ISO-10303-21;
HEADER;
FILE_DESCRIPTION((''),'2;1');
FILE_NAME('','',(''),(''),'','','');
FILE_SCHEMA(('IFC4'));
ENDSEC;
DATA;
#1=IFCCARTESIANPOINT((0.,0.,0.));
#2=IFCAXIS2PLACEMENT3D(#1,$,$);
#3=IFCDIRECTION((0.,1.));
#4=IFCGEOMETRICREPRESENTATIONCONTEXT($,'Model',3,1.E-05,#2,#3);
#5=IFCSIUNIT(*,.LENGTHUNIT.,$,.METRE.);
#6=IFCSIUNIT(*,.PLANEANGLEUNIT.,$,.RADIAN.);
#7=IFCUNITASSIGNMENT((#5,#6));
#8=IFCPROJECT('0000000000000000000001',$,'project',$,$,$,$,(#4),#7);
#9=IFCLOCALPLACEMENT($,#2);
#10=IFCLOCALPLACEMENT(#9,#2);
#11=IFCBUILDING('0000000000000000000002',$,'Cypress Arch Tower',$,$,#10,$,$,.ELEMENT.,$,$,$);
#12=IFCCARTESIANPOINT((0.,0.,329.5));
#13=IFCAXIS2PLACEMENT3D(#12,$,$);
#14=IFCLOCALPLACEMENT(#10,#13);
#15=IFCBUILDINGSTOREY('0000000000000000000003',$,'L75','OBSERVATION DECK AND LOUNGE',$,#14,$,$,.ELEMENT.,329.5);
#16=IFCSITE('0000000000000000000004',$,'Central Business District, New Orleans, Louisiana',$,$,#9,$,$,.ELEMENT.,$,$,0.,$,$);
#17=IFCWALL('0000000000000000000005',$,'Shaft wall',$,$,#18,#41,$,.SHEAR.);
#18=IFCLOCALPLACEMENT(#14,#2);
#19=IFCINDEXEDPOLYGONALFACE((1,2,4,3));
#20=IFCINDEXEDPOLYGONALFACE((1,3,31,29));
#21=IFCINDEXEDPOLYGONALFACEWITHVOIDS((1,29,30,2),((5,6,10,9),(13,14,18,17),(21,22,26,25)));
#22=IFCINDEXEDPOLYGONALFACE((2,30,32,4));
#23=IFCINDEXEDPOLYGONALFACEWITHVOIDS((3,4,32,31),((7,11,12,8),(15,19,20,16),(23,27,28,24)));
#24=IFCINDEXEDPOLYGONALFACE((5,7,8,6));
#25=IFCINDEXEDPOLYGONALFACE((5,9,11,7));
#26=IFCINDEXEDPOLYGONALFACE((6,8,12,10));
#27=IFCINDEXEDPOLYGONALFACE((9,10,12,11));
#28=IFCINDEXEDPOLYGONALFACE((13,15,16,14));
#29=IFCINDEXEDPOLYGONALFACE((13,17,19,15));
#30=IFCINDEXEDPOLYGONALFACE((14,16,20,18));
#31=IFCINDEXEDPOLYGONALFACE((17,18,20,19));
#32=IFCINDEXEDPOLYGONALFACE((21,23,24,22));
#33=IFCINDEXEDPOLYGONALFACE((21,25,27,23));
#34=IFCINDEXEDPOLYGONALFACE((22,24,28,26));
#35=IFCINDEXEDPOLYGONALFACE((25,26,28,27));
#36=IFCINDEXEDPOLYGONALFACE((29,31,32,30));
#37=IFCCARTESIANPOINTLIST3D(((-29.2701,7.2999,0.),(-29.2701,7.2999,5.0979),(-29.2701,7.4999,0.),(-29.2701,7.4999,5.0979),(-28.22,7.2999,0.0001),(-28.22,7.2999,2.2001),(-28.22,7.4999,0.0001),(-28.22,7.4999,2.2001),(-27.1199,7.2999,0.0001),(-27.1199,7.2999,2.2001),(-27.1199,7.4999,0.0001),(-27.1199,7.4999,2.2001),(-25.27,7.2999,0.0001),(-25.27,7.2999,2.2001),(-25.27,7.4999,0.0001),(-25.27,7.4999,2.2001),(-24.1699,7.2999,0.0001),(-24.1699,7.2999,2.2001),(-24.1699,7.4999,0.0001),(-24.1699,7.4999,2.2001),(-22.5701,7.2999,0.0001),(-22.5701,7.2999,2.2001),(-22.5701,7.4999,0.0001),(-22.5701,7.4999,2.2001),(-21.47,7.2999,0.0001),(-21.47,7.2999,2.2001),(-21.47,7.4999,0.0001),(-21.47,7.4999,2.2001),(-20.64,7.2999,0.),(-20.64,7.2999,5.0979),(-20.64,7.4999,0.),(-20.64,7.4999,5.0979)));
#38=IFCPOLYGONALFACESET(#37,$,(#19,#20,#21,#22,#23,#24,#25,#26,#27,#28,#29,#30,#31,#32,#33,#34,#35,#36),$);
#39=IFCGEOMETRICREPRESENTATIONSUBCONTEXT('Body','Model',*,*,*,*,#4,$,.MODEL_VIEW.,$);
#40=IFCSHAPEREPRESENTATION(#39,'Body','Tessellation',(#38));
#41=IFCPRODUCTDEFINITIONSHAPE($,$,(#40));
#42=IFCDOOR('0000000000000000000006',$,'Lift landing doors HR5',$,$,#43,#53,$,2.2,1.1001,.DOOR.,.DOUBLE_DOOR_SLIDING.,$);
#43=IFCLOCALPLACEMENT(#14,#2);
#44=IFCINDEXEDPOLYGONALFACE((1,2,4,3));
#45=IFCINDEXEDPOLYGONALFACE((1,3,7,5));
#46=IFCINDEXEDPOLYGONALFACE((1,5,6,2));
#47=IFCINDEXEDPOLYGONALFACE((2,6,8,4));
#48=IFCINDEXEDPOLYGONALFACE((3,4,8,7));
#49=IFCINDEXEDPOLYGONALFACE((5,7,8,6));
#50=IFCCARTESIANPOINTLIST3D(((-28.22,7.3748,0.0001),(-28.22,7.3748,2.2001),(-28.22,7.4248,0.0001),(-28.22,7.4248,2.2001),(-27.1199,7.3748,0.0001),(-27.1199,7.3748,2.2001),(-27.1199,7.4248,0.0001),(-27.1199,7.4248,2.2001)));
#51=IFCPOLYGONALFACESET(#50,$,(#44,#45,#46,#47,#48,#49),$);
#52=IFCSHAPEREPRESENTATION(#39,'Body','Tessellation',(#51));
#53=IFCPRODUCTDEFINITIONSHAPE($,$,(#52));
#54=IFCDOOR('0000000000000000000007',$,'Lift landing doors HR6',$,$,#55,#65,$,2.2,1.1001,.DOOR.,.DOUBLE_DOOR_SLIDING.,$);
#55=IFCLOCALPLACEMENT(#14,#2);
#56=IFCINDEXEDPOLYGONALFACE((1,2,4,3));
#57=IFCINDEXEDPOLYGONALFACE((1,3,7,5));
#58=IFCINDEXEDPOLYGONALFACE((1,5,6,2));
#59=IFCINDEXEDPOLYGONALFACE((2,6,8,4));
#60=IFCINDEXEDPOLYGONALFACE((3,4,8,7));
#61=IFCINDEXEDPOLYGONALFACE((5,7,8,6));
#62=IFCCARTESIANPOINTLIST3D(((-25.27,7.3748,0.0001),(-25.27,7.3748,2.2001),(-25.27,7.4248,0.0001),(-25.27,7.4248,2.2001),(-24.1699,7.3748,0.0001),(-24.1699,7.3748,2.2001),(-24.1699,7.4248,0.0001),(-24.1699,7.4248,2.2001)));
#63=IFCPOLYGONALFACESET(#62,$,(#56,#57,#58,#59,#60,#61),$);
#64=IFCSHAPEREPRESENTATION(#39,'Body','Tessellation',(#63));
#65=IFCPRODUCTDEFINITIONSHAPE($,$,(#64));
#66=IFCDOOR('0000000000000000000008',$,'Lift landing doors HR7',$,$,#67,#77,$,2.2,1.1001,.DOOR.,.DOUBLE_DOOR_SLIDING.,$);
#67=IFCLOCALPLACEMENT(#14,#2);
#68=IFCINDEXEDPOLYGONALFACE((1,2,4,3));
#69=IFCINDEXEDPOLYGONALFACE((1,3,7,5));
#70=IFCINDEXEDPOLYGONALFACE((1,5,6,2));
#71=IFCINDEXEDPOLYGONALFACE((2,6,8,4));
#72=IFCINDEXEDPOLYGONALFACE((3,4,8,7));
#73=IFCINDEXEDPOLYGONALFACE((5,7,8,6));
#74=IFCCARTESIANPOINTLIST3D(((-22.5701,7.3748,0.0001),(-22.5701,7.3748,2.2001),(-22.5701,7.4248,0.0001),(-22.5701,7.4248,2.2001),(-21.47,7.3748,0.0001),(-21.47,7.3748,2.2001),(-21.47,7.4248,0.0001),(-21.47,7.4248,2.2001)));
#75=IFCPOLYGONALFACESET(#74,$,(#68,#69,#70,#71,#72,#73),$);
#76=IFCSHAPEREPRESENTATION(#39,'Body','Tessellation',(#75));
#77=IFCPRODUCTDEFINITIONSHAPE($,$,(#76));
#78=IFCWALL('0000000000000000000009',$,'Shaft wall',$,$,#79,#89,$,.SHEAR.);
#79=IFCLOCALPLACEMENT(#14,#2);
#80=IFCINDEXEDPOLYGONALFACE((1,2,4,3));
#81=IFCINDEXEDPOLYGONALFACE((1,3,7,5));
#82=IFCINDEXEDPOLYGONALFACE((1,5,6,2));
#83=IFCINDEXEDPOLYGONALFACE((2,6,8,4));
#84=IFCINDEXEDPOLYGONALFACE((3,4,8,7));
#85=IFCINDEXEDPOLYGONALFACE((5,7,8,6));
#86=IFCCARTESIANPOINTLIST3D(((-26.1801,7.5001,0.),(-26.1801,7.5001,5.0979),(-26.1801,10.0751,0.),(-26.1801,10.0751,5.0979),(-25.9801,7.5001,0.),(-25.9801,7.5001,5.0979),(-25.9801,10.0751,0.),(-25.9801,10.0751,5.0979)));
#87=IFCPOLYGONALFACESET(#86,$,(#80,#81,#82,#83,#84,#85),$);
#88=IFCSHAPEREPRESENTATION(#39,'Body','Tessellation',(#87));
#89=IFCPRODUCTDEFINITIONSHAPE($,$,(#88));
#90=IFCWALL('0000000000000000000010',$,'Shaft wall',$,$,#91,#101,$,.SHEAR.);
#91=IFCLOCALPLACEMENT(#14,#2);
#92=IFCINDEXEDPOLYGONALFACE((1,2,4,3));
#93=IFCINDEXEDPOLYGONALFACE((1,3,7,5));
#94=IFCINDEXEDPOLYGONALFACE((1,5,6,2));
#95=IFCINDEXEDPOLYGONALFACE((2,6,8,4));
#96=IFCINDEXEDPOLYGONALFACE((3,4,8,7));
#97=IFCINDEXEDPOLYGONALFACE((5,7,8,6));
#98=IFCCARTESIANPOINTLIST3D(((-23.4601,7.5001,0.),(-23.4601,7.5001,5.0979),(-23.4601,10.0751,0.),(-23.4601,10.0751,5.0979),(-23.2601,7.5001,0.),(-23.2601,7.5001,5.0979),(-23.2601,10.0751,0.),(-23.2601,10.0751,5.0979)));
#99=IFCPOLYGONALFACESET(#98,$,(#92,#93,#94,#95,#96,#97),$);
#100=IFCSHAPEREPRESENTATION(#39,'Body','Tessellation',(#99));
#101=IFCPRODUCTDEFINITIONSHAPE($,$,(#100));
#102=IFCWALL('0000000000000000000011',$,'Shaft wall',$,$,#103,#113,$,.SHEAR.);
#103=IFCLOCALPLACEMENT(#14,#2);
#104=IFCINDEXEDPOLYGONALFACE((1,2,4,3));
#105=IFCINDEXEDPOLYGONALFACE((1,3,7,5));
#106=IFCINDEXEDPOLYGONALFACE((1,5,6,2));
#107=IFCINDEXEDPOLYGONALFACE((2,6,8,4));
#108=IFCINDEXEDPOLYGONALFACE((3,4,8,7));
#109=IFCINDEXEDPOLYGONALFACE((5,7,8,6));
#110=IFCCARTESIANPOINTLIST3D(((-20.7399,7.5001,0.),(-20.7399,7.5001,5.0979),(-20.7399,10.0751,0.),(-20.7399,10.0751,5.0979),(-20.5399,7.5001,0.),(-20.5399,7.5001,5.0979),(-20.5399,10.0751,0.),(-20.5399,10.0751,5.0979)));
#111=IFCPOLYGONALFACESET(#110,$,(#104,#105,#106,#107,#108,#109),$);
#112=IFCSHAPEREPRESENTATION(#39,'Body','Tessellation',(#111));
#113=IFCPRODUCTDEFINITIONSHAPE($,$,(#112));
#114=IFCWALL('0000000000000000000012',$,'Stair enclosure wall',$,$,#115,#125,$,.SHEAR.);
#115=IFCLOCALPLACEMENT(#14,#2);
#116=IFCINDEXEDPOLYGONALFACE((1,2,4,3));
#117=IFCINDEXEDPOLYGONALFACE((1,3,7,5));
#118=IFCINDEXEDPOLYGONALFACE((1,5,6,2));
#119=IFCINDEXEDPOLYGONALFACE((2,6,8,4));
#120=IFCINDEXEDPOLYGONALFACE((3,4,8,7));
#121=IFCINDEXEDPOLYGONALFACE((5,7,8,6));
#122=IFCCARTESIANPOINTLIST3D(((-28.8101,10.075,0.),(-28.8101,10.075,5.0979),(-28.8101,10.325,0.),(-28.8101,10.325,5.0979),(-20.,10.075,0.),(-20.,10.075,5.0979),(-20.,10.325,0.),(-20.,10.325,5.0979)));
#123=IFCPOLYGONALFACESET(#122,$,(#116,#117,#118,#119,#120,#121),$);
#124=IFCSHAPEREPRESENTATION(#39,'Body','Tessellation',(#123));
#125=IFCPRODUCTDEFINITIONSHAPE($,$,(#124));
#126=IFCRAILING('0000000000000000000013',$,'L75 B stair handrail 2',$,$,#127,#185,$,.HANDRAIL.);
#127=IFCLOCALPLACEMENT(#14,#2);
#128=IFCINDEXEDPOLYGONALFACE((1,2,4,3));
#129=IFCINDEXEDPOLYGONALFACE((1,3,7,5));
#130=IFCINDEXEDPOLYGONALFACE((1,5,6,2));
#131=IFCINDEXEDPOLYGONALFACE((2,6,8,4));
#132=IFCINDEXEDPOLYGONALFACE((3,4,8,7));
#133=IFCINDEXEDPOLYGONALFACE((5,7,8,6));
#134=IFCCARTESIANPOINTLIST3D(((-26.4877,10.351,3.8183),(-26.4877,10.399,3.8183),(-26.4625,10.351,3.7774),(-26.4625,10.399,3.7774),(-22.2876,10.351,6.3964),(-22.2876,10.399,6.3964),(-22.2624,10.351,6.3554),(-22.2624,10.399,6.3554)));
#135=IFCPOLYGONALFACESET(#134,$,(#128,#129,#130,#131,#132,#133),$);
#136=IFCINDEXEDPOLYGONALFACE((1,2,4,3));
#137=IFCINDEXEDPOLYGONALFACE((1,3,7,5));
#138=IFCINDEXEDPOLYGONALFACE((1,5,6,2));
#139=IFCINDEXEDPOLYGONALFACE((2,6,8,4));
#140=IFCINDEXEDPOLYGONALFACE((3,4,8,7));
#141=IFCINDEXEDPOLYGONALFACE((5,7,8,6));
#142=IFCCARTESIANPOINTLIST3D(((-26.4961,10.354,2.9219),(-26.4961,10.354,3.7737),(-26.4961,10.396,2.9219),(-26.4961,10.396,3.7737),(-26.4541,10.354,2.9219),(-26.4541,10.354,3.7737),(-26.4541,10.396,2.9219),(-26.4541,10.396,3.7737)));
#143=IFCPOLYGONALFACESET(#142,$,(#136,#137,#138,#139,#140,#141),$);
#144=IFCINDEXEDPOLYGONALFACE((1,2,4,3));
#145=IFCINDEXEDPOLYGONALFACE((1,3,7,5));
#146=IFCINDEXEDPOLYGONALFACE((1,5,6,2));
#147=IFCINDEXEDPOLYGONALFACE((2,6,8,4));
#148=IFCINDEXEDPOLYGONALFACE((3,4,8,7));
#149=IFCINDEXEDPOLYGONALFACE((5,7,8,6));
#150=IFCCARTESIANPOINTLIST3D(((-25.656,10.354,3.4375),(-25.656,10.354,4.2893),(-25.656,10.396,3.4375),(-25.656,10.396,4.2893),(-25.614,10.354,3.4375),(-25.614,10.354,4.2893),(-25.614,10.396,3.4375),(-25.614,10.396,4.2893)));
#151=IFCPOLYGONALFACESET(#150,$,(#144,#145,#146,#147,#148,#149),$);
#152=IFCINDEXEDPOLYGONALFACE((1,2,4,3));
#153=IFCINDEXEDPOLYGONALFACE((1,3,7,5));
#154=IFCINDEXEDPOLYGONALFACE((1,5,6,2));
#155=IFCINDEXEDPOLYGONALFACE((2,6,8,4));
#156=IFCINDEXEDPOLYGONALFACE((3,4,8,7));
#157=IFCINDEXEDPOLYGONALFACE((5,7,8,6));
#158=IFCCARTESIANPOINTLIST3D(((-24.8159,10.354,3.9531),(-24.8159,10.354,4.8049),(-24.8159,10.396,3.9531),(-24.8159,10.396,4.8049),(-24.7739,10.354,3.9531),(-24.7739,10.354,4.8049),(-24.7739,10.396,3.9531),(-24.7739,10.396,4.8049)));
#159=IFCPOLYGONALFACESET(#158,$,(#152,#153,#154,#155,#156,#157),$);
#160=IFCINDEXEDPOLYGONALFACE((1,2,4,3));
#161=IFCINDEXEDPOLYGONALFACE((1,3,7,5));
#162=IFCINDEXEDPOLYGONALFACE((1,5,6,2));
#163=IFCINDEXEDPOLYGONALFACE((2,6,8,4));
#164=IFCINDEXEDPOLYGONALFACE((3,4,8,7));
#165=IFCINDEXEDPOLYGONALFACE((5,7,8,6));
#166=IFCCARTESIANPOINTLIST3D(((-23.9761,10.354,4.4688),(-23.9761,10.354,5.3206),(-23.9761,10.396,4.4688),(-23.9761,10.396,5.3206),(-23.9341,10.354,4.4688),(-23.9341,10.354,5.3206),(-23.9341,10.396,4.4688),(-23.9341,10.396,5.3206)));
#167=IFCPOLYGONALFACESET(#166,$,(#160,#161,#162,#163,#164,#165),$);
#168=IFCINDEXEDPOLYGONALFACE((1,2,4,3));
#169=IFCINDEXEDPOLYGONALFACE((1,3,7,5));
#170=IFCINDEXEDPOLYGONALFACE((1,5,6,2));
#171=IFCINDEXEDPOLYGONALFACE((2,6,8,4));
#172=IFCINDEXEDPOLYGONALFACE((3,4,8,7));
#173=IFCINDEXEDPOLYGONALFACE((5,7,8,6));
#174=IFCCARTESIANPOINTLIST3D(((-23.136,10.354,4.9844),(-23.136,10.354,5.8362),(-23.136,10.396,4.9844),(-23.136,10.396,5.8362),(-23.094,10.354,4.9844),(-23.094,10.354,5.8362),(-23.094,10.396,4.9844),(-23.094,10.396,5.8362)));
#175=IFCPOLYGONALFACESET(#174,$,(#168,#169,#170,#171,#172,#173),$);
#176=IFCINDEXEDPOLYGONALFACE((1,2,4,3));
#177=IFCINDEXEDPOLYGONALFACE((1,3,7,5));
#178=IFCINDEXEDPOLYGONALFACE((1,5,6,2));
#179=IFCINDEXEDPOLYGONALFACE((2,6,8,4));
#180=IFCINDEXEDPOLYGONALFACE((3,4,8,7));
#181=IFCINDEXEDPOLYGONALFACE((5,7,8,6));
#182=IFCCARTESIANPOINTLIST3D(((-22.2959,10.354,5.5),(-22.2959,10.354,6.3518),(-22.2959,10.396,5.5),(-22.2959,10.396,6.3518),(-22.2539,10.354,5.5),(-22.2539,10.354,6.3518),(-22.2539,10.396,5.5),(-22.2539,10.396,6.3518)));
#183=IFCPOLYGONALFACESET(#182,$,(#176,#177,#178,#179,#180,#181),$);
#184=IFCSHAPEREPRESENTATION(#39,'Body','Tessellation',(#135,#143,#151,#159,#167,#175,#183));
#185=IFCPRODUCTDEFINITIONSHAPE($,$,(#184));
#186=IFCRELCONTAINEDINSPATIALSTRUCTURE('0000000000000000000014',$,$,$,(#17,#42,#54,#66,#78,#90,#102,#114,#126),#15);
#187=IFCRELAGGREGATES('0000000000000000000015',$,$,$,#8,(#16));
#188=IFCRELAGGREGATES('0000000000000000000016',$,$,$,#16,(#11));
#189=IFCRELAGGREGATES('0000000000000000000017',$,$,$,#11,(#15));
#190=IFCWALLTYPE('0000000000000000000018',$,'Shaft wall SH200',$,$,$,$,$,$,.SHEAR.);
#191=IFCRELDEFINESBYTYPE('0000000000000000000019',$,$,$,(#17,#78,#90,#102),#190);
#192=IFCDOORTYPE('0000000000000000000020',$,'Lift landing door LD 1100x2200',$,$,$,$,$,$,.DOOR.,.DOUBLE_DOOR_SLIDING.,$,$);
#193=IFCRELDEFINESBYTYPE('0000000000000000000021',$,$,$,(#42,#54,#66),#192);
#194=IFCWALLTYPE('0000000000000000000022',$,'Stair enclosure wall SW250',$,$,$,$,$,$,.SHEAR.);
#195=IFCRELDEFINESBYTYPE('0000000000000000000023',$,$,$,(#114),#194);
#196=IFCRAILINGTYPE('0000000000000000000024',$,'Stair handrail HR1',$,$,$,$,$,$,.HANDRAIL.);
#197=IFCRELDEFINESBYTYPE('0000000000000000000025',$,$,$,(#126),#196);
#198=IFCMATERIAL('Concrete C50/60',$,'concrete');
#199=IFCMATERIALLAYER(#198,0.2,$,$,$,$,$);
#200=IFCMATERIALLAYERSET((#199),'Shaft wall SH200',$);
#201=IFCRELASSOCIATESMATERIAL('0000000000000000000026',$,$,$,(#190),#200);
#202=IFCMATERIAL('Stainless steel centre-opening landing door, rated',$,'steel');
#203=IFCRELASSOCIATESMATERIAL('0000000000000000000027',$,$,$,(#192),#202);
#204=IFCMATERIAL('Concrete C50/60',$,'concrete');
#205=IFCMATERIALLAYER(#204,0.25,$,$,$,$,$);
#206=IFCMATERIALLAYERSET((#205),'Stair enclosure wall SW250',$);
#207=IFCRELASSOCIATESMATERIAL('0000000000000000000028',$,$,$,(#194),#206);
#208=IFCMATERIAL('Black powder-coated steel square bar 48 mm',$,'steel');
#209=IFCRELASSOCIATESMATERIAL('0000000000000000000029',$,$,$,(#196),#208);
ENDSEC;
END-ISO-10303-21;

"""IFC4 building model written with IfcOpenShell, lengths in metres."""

from ifc_helpers import new_model, si_unit, direction, frame, frame_2d, origin, origin_2d, place, context, subcontext, project, spatial, rectangle, extrude, material, layer, layer_set, type_object, element, fill, save


model = new_model("IFC4")

# Units and contexts
model_context = context("Model", 3, precision=1e-05, world=origin(), true_north=direction((0.0, 1.0)))
body_context = subcontext(model_context, "Body", "Model", "MODEL_VIEW")
ifc_project = project(units=[si_unit("LENGTHUNIT", "METRE"), si_unit("PLANEANGLEUNIT", "RADIAN")], contexts=[model_context])

# Site, building, storey
site_placement = place(None, origin())
site = spatial("IfcSite", under=ifc_project, at=site_placement, Name="Central Business District, New Orleans, Louisiana", CompositionType="ELEMENT", RefElevation=0.0)
building_placement = place(site_placement, origin())
building = spatial("IfcBuilding", under=site, at=building_placement, Name="Cypress Arch Tower", CompositionType="ELEMENT")
storey_placement = place(building_placement, frame((0.0, 0.0, 329.5)))
storey = spatial("IfcBuildingStorey", under=building, at=storey_placement, Name="L75", Description="OBSERVATION DECK AND LOUNGE", CompositionType="ELEMENT", Elevation=329.5)

# Wall, openings, doors
ifc_material_1 = material(Name="Concrete C50/60", Category="concrete")
ifc_layer_1 = layer(ifc_material_1, 0.2)
ifc_layer_set_1 = layer_set([ifc_layer_1], Name="Shaft wall SH200")
wall_type_1 = type_object("IfcWallType", Name="Shaft wall SH200", PredefinedType="SHEAR", material=ifc_layer_set_1)
wall_1_placement = place(storey_placement, frame((-29.27, 7.3999, 0.0), z_axis=(0.0, 0.0, 1.0), x_axis=(1.0, 0.0, 0.0)))
wall_1 = element("IfcWall", 1, at=wall_1_placement, inside=storey, type_object=wall_type_1, Name="Shaft wall", PredefinedType="SHEAR", context=body_context, shape_type="SweptSolid", body=[
    extrude(rectangle(XDim=8.6301, YDim=0.2, at=frame_2d((4.3149, 0.0))), origin(), (0.0, 0.0, 1.0), 5.0979),
])
opening_1_placement = place(wall_1_placement, frame((1.05, 0.0, 0.0)))
opening_1 = element("IfcOpeningElement", 2, at=opening_1_placement, cuts=wall_1, PredefinedType="OPENING", context=body_context, shape_type="SweptSolid", body=[
    extrude(rectangle(XDim=1.1001, YDim=2.2, at=frame_2d((0.55, 1.1001))), frame((0.0, 0.1099, 0.0), z_axis=(0.0, -1.0, 0.0), x_axis=(1.0, 0.0, 0.0)), (0.0, 0.0, 1.0), 0.22),
])
opening_2_placement = place(wall_1_placement, frame((4.0, 0.0, 0.0)))
opening_2 = element("IfcOpeningElement", 3, at=opening_2_placement, cuts=wall_1, PredefinedType="OPENING", context=body_context, shape_type="SweptSolid", body=[
    extrude(rectangle(XDim=1.1001, YDim=2.2, at=frame_2d((0.55, 1.1001))), frame((0.0, 0.1099, 0.0), z_axis=(0.0, -1.0, 0.0), x_axis=(1.0, 0.0, 0.0)), (0.0, 0.0, 1.0), 0.22),
])
opening_3_placement = place(wall_1_placement, frame((6.7, 0.0, 0.0)))
opening_3 = element("IfcOpeningElement", 4, at=opening_3_placement, cuts=wall_1, PredefinedType="OPENING", context=body_context, shape_type="SweptSolid", body=[
    extrude(rectangle(XDim=1.1001, YDim=2.2, at=frame_2d((0.55, 1.1001))), frame((0.0, 0.1099, 0.0), z_axis=(0.0, -1.0, 0.0), x_axis=(1.0, 0.0, 0.0)), (0.0, 0.0, 1.0), 0.22),
])
ifc_material_2 = material(Name="Stainless steel centre-opening landing door, rated", Category="steel")
door_type_1 = type_object("IfcDoorType", Name="Lift landing door LD 1100x2200", OperationType="DOUBLE_DOOR_SLIDING", PredefinedType="DOOR", material=ifc_material_2)
door_1_placement = place(opening_1_placement, origin())
door_1 = element("IfcDoor", 5, at=door_1_placement, inside=storey, type_object=door_type_1, Name="Lift landing doors HR5", OperationType="DOUBLE_DOOR_SLIDING", OverallHeight=2.2, OverallWidth=1.1001, PredefinedType="DOOR", context=body_context, shape_type="SweptSolid", body=[
    extrude(rectangle(XDim=1.1001, YDim=2.2, at=frame_2d((0.55, 1.1001))), frame((0.0, 0.0249, 0.0), z_axis=(0.0, -1.0, 0.0), x_axis=(1.0, 0.0, 0.0)), (0.0, 0.0, 1.0), 0.05),
])
fill(opening_1, door_1)
door_2_placement = place(opening_2_placement, origin())
door_2 = element("IfcDoor", 6, at=door_2_placement, inside=storey, type_object=door_type_1, Name="Lift landing doors HR6", OperationType="DOUBLE_DOOR_SLIDING", OverallHeight=2.2, OverallWidth=1.1001, PredefinedType="DOOR", context=body_context, shape_type="SweptSolid", body=[
    extrude(rectangle(XDim=1.1001, YDim=2.2, at=frame_2d((0.55, 1.1001))), frame((0.0, 0.0249, 0.0), z_axis=(0.0, -1.0, 0.0), x_axis=(1.0, 0.0, 0.0)), (0.0, 0.0, 1.0), 0.05),
])
fill(opening_2, door_2)
door_3_placement = place(opening_3_placement, origin())
door_3 = element("IfcDoor", 7, at=door_3_placement, inside=storey, type_object=door_type_1, Name="Lift landing doors HR7", OperationType="DOUBLE_DOOR_SLIDING", OverallHeight=2.2, OverallWidth=1.1001, PredefinedType="DOOR", context=body_context, shape_type="SweptSolid", body=[
    extrude(rectangle(XDim=1.1001, YDim=2.2, at=frame_2d((0.55, 1.1001))), frame((0.0, 0.0249, 0.0), z_axis=(0.0, -1.0, 0.0), x_axis=(1.0, 0.0, 0.0)), (0.0, 0.0, 1.0), 0.05),
])
fill(opening_3, door_3)

# Walls
for number, where, z_axis, x_axis, name in (
    (8, (-26.0801, 7.5, 0.0), (0.0, 0.0, 1.0), (0.0, 1.0, 0.0), "Shaft wall"),
    (9, (-23.3601, 7.5, 0.0), (0.0, 0.0, 1.0), (0.0, 1.0, 0.0), "Shaft wall"),
    (10, (-20.6399, 7.5, 0.0), (0.0, 0.0, 1.0), (0.0, 1.0, 0.0), "Shaft wall"),
):
    element("IfcWall", number, at=place(storey_placement, frame(where, z_axis=z_axis, x_axis=x_axis)), inside=storey, type_object=wall_type_1, Name=name, PredefinedType="SHEAR", context=body_context, shape_type="SweptSolid", body=[
        extrude(rectangle(XDim=2.575, YDim=0.2, at=frame_2d((1.2876, 0.0))), origin(), (0.0, 0.0, 1.0), 5.0979),
    ])
ifc_material_3 = material(Name="Concrete C50/60", Category="concrete")
ifc_layer_2 = layer(ifc_material_3, 0.25)
ifc_layer_set_2 = layer_set([ifc_layer_2], Name="Stair enclosure wall SW250")
wall_type_2 = type_object("IfcWallType", Name="Stair enclosure wall SW250", PredefinedType="SHEAR", material=ifc_layer_set_2)
wall_2_placement = place(storey_placement, frame((-28.8101, 10.2, 0.0), z_axis=(0.0, 0.0, 1.0), x_axis=(1.0, 0.0, 0.0)))
element("IfcWall", 11, at=wall_2_placement, inside=storey, type_object=wall_type_2, Name="Stair enclosure wall", PredefinedType="SHEAR", context=body_context, shape_type="SweptSolid", body=[
    extrude(rectangle(XDim=8.8101, YDim=0.25, at=frame_2d((4.405, 0.0))), origin(), (0.0, 0.0, 1.0), 5.0979),
])

# Railing
ifc_material_4 = material(Name="Black powder-coated steel square bar 48 mm", Category="steel")
railing_type = type_object("IfcRailingType", Name="Stair handrail HR1", PredefinedType="HANDRAIL", material=ifc_material_4)
railing_placement = place(storey_placement, frame((-26.4751, 10.375, 2.9219)))
element("IfcRailing", 12, at=railing_placement, inside=storey, type_object=railing_type, Name="L75 B stair handrail 2", PredefinedType="HANDRAIL", context=body_context, shape_type="SweptSolid", body=[
    extrude(rectangle(XDim=0.0481, YDim=0.0481, at=origin_2d()), frame((0.0, 0.0, 0.876), z_axis=(0.852256, 0.0, 0.523124), x_axis=(0.0, 1.0, 0.0)), (0.0, 0.0, 1.0), 4.9282),
    extrude(rectangle(XDim=0.042, YDim=0.042, at=origin_2d()), origin(), (0.0, 0.0, 1.0), 0.8518),
    extrude(rectangle(XDim=0.042, YDim=0.042, at=origin_2d()), frame((0.8401, 0.0, 0.5156)), (0.0, 0.0, 1.0), 0.8518),
    extrude(rectangle(XDim=0.042, YDim=0.042, at=origin_2d()), frame((1.6802, 0.0, 1.0312)), (0.0, 0.0, 1.0), 0.8518),
    extrude(rectangle(XDim=0.042, YDim=0.042, at=origin_2d()), frame((2.52, 0.0, 1.5469)), (0.0, 0.0, 1.0), 0.8518),
    extrude(rectangle(XDim=0.042, YDim=0.042, at=origin_2d()), frame((3.3601, 0.0, 2.0625)), (0.0, 0.0, 1.0), 0.8518),
    extrude(rectangle(XDim=0.042, YDim=0.042, at=origin_2d()), frame((4.2002, 0.0, 2.5781)), (0.0, 0.0, 1.0), 0.8518),
])

save(model, "model.ifc")
